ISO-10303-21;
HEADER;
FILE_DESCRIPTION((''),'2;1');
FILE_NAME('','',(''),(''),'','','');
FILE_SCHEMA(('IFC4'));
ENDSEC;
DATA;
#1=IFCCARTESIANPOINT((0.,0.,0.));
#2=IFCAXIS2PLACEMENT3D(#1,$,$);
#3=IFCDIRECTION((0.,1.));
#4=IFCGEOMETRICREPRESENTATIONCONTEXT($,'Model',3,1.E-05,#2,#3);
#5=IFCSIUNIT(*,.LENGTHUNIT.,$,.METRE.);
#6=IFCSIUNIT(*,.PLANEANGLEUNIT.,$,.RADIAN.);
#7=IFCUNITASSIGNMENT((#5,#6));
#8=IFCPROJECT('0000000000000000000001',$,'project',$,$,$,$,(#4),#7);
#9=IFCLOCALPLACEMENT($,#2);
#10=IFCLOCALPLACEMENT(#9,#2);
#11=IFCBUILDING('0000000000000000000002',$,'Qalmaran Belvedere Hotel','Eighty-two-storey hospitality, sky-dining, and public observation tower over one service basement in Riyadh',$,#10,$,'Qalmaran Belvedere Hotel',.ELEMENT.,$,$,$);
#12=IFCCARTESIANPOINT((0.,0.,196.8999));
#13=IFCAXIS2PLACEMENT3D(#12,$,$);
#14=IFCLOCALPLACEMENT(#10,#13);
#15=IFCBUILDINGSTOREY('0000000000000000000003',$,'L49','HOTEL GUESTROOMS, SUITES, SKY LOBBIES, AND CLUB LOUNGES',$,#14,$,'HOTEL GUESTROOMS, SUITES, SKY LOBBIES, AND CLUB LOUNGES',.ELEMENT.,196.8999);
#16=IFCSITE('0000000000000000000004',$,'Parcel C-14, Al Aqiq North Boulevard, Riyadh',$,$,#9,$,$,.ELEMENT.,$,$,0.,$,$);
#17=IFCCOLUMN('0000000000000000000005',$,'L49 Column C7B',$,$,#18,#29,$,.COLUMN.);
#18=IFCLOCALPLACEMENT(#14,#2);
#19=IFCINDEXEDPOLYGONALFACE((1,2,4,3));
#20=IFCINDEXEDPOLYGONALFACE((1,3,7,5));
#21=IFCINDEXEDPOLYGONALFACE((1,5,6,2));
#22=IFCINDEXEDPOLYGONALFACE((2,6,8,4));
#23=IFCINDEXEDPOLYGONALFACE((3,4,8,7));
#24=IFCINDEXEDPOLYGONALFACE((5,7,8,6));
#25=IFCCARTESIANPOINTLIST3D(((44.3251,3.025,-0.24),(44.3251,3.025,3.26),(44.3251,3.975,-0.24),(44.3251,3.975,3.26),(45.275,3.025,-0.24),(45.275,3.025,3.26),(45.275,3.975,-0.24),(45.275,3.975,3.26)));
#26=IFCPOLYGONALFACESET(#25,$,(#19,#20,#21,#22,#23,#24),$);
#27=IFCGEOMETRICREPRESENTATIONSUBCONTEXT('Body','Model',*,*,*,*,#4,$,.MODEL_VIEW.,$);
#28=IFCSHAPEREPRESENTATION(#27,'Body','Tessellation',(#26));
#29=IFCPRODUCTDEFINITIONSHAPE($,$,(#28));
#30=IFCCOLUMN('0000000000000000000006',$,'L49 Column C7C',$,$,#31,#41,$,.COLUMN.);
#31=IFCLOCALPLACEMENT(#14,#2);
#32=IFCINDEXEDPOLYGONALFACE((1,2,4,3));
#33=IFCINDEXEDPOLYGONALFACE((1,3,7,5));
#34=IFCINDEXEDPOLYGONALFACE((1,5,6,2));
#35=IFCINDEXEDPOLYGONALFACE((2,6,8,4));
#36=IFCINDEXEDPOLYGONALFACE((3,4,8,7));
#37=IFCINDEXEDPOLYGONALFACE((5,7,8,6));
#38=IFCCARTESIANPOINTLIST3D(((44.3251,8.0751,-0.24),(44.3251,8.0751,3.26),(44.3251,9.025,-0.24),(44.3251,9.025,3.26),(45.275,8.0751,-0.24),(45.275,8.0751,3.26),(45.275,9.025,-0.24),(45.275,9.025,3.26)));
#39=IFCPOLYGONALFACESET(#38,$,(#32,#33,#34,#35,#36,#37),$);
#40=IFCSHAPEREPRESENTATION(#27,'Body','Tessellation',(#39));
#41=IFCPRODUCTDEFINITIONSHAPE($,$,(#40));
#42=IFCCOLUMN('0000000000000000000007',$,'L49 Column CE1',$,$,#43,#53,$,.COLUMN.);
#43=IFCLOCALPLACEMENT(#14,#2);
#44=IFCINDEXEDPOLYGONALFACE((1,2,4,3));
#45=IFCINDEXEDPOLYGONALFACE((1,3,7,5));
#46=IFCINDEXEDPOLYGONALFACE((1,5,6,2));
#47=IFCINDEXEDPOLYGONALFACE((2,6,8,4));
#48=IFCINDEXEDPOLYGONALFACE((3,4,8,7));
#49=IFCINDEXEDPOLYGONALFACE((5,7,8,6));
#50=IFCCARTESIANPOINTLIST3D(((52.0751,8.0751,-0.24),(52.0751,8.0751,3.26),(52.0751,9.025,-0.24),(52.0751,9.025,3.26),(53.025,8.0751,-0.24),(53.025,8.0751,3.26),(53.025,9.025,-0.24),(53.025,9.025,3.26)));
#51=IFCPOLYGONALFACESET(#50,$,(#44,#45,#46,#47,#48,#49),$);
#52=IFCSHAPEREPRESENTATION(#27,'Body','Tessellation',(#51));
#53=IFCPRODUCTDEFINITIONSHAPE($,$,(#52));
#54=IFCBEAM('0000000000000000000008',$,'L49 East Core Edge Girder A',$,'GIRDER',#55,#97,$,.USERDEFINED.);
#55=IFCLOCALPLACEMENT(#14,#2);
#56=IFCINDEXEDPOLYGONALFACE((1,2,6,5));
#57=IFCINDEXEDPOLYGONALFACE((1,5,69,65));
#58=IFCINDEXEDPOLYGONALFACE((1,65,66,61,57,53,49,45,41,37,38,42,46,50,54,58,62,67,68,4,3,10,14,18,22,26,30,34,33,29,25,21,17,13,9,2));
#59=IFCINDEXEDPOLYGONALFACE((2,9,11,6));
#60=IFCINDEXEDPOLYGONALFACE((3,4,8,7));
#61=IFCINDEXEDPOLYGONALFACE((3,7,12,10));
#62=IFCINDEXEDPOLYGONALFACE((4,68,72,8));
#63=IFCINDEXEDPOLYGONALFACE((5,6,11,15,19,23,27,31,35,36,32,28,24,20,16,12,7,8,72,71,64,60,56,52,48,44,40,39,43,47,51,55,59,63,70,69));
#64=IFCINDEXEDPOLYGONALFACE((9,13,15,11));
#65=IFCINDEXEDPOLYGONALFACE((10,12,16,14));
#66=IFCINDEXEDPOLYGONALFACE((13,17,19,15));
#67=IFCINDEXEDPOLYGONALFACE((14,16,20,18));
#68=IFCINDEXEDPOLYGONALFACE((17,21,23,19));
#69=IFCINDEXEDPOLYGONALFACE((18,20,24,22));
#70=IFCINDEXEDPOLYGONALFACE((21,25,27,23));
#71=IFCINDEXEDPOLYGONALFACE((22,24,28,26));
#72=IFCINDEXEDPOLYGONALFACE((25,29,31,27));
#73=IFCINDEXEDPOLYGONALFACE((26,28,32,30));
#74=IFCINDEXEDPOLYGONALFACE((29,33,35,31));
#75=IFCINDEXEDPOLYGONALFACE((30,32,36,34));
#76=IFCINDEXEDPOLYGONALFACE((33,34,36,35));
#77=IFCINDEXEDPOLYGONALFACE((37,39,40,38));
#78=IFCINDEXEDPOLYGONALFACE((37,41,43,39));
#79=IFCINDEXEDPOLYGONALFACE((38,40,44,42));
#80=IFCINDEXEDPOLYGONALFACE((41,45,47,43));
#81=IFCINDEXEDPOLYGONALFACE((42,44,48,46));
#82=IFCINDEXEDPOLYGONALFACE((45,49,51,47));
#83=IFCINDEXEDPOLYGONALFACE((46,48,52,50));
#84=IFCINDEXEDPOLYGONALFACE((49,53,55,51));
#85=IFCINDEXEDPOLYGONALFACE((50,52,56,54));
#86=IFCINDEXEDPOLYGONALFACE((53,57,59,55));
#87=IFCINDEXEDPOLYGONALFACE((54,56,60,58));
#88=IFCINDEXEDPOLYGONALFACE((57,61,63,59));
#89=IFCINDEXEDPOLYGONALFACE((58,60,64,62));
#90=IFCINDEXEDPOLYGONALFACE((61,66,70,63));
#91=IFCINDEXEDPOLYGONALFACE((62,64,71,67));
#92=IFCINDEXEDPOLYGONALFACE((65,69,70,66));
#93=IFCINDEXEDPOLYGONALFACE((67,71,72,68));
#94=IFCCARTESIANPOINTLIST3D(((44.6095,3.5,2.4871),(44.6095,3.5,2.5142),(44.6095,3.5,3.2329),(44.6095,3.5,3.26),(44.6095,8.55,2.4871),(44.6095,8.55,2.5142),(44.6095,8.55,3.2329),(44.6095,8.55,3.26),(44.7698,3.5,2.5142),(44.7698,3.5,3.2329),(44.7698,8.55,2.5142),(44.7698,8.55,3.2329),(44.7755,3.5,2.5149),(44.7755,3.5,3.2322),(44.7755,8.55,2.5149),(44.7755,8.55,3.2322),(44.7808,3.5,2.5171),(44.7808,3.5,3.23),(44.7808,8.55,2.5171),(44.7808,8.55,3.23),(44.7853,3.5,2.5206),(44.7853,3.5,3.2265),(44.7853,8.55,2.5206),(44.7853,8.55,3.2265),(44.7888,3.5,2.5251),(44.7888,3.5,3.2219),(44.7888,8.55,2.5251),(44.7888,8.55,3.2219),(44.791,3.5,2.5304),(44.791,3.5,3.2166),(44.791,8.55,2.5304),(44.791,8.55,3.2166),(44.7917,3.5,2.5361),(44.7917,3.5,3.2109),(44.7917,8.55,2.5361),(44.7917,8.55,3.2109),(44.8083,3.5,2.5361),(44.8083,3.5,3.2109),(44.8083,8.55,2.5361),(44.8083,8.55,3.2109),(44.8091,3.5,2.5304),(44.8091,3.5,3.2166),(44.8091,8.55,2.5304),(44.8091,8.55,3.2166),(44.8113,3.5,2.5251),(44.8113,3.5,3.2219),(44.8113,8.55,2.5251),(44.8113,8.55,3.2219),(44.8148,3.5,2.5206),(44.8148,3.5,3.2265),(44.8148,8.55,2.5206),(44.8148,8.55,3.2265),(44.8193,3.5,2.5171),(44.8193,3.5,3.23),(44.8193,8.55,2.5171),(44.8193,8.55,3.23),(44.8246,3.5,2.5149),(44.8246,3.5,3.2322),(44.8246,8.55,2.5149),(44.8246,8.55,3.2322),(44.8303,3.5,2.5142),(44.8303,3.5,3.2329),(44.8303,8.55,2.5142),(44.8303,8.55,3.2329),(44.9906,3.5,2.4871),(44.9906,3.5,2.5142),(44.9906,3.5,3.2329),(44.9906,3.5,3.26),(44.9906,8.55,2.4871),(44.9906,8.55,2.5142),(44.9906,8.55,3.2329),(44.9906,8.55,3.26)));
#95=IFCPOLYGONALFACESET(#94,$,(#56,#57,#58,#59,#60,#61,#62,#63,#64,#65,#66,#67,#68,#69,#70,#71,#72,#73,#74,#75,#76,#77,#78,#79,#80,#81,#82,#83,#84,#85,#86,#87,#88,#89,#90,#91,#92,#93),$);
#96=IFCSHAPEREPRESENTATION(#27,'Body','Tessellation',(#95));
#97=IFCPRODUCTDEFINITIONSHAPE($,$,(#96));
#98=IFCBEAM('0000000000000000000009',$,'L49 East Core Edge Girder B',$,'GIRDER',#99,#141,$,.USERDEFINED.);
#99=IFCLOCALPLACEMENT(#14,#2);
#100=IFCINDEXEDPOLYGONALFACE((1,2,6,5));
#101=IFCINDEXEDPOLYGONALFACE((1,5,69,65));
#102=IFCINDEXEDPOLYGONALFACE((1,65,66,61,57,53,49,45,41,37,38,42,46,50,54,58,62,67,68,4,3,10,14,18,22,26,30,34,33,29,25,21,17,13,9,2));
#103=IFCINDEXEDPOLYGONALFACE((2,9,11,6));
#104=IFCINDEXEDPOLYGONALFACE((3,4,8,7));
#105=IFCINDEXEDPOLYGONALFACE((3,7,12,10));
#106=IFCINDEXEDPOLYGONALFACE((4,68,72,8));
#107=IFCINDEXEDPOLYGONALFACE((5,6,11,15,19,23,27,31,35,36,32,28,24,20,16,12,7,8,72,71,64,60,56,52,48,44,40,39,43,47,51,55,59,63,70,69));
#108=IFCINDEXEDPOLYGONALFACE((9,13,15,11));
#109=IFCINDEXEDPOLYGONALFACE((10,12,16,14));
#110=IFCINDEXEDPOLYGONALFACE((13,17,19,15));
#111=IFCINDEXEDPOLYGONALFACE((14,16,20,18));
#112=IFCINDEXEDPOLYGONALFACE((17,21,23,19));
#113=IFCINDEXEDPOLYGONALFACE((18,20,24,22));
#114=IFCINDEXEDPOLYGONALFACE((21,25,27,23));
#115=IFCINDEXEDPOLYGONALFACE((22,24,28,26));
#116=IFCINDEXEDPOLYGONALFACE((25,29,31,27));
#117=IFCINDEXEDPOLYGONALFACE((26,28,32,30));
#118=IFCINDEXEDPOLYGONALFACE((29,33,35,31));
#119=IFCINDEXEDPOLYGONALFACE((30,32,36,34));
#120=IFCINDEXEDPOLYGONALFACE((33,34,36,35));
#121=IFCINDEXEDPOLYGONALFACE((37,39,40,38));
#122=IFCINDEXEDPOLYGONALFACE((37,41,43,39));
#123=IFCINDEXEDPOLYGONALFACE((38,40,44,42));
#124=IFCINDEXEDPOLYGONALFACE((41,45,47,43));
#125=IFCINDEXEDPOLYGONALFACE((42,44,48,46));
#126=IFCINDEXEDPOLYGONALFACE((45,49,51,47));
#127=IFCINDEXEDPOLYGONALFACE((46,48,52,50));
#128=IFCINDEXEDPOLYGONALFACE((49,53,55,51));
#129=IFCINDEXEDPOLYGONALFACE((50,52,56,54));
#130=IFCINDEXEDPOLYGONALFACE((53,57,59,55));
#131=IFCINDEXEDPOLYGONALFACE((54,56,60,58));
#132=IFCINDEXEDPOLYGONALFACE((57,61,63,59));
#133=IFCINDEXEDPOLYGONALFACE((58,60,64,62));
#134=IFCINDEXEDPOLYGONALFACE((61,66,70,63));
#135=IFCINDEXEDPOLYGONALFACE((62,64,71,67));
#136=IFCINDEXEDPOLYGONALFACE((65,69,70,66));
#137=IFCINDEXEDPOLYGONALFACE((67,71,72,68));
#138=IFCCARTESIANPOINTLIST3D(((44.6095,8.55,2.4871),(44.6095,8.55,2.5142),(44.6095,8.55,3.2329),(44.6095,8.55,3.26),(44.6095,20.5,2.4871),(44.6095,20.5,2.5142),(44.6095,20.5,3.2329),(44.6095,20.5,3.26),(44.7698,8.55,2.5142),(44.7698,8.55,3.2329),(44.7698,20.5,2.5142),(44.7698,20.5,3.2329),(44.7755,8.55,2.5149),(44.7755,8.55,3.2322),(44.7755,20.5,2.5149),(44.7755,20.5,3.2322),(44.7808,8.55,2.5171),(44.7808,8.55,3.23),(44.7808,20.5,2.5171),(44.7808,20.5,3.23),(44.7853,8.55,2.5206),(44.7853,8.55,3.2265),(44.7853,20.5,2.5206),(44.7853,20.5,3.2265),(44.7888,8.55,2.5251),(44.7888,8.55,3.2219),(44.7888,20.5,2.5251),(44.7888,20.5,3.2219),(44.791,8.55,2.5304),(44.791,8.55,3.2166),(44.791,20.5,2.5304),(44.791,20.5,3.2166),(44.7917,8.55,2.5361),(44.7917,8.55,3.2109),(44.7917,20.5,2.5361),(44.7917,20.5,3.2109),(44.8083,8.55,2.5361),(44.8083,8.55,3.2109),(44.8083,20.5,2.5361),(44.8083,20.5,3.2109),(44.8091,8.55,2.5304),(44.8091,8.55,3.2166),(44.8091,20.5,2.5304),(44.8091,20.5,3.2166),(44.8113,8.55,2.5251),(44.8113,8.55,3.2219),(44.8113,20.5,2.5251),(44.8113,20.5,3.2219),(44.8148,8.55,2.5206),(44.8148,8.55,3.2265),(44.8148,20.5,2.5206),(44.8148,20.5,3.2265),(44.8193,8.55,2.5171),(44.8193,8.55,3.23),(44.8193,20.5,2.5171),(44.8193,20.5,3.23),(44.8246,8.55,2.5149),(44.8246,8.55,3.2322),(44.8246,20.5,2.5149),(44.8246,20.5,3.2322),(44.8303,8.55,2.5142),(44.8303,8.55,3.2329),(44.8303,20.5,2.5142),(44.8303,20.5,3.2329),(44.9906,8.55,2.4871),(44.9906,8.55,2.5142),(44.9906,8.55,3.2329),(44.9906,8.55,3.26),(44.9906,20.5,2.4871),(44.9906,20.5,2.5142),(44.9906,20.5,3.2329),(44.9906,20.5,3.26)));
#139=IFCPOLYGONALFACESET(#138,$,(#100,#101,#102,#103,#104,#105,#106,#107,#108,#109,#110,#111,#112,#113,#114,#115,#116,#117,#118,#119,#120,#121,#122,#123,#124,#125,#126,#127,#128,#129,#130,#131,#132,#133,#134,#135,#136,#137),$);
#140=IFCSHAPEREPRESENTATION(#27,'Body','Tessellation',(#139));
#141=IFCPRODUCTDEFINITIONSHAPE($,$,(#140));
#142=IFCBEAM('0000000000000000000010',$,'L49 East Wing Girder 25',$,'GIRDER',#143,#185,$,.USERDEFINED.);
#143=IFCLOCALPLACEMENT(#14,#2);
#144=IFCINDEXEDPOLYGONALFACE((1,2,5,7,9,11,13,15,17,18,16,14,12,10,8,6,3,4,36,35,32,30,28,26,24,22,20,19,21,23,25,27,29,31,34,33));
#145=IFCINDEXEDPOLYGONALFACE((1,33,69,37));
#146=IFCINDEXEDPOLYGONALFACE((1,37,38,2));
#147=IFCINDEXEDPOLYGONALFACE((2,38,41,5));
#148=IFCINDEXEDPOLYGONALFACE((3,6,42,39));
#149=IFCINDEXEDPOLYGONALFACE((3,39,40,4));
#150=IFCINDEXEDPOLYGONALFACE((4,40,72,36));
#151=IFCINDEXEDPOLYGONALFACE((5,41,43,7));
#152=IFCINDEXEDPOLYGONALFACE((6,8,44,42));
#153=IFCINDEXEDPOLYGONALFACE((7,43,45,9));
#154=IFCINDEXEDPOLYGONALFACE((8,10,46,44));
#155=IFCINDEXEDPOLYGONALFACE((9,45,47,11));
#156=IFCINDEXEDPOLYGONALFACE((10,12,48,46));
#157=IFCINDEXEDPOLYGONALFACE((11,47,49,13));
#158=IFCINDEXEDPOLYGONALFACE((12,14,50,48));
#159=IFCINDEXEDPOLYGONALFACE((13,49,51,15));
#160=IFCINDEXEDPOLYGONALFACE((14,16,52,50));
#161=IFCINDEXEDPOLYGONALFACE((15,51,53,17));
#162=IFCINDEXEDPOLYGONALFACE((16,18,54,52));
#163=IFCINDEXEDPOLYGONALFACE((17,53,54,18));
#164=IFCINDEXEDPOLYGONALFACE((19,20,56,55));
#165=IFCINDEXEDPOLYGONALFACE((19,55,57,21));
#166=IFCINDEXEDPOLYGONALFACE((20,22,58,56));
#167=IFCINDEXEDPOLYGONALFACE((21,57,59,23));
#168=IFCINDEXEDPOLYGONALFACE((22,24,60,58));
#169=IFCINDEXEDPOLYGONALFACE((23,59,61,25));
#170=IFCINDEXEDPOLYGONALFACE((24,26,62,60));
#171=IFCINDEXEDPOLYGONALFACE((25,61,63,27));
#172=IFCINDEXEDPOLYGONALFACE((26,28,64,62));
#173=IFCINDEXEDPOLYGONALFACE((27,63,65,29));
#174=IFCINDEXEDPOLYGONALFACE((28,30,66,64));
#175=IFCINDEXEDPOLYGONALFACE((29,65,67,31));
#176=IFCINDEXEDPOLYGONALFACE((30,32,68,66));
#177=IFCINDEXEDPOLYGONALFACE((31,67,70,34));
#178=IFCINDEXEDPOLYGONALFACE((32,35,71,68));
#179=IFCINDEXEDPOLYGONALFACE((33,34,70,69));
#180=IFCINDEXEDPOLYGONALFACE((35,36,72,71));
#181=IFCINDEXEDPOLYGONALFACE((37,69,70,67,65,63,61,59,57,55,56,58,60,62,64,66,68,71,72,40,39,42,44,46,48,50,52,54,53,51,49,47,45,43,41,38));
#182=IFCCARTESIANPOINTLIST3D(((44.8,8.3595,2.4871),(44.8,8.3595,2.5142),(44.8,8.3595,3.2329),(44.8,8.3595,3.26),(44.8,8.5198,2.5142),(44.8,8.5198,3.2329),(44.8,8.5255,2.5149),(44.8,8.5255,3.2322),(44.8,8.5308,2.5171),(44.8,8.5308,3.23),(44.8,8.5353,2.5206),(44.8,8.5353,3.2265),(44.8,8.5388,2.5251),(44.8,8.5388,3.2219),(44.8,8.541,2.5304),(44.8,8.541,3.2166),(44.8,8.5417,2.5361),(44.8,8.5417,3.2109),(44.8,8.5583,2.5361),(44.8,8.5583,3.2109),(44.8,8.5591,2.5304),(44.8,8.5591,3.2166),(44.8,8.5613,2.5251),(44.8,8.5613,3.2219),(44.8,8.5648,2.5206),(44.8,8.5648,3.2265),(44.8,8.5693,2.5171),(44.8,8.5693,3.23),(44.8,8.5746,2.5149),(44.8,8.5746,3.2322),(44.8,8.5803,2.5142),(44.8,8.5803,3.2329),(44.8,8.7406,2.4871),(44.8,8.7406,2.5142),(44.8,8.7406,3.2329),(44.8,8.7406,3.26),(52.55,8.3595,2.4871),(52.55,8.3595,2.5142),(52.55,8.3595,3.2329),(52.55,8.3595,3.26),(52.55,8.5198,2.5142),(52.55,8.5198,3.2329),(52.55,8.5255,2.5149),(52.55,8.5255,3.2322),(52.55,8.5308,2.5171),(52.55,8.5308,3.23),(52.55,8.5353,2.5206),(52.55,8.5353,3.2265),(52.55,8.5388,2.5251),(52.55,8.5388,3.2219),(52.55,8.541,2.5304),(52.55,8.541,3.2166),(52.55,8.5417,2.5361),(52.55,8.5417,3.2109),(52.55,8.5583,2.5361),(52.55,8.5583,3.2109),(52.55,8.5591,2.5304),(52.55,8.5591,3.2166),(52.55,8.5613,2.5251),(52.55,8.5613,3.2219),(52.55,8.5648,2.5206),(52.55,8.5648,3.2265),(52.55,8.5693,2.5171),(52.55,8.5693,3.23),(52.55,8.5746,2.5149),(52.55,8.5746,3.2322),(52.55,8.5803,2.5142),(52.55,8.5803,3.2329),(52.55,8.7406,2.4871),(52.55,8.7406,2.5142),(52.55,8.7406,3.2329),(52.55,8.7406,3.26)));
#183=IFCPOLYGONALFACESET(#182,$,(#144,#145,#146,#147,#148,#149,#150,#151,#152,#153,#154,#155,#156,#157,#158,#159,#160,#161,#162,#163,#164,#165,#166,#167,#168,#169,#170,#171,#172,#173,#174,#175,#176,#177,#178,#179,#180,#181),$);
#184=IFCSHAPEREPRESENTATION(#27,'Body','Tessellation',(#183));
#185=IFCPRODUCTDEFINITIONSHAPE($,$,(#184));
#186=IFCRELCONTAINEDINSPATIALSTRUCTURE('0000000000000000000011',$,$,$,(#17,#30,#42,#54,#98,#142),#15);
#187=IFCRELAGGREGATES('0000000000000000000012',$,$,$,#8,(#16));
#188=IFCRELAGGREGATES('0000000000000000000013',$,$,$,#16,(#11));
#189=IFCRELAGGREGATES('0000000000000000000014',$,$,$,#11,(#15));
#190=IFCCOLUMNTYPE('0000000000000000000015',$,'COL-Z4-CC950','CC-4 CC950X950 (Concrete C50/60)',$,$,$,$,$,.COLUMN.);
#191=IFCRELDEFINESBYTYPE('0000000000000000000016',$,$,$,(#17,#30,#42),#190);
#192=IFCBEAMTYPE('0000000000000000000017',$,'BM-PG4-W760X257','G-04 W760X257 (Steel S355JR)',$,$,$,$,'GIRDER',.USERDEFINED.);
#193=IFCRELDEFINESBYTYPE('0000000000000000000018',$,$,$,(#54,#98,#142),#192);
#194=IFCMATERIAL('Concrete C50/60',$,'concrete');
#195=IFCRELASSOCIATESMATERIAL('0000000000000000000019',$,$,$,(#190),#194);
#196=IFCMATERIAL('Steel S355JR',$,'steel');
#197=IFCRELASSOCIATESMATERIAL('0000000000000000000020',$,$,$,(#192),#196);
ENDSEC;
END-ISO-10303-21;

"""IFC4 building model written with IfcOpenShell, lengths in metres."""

from ifc_helpers import new_model, si_unit, direction, frame, origin, origin_2d, place, context, subcontext, project, spatial, rectangle, i_section, extrude, material, material_profile, profile_set, type_object, element, save


model = new_model("IFC4")

# Units and contexts
model_context = context("Model", 3, precision=1e-05, world=origin(), true_north=direction((0.0, 1.0)))
body_context = subcontext(model_context, "Body", "Model", "MODEL_VIEW")
ifc_project = project(units=[si_unit("LENGTHUNIT", "METRE"), si_unit("PLANEANGLEUNIT", "RADIAN")], contexts=[model_context])

# Site, building, storey
site_placement = place(None, origin())
site = spatial("IfcSite", under=ifc_project, at=site_placement, Name="Parcel C-14, Al Aqiq North Boulevard, Riyadh", CompositionType="ELEMENT", RefElevation=0.0)
building_placement = place(site_placement, origin())
building = spatial("IfcBuilding", under=site, at=building_placement, Name="Qalmaran Belvedere Hotel", Description="Eighty-two-storey hospitality, sky-dining, and public observation tower over one service basement in Riyadh", LongName="Qalmaran Belvedere Hotel", CompositionType="ELEMENT")
storey_placement = place(building_placement, frame((0.0, 0.0, 196.8999)))
storey = spatial("IfcBuildingStorey", under=building, at=storey_placement, Name="L49", Description="HOTEL GUESTROOMS, SUITES, SKY LOBBIES, AND CLUB LOUNGES", LongName="HOTEL GUESTROOMS, SUITES, SKY LOBBIES, AND CLUB LOUNGES", CompositionType="ELEMENT", Elevation=196.8999)

# Columns
ifc_material_1 = material(Name="Concrete C50/60", Category="concrete")
ifc_material_profile_1 = material_profile(ifc_material_1, rectangle(XDim=0.95, YDim=0.95, at=origin_2d()), Name="CC950X950")
ifc_profile_set_1 = profile_set([ifc_material_profile_1], Name="Concrete C50/60")
column_type = type_object("IfcColumnType", Name="COL-Z4-CC950", Description="CC-4 CC950X950 (Concrete C50/60)", PredefinedType="COLUMN", material=ifc_profile_set_1)
for number, where, z_axis, x_axis, name in (
    (1, (44.8, 3.5, -0.24), (0.0, 0.0, 1.0), (1.0, 0.0, 0.0), "L49 Column C7B"),
    (2, (44.8, 8.55, -0.24), (0.0, 0.0, 1.0), (1.0, 0.0, 0.0), "L49 Column C7C"),
    (3, (52.55, 8.55, -0.24), (0.0, 0.0, 1.0), (1.0, 0.0, 0.0), "L49 Column CE1"),
):
    element("IfcColumn", number, at=place(storey_placement, frame(where, z_axis=z_axis, x_axis=x_axis)), inside=storey, type_object=column_type, Name=name, PredefinedType="COLUMN", context=body_context, shape_type="SweptSolid", body=[
        extrude(rectangle(XDim=0.95, YDim=0.95, at=origin_2d()), origin(), (0.0, 0.0, 1.0), 3.5),
    ])

# Beams
ifc_material_2 = material(Name="Steel S355JR", Category="steel")
ifc_material_profile_2 = material_profile(ifc_material_2, i_section(OverallWidth=0.3811, OverallDepth=0.7729, WebThickness=0.0166, FlangeThickness=0.0271, FilletRadius=0.022, at=origin_2d()), Name="W760X257")
ifc_profile_set_2 = profile_set([ifc_material_profile_2], Name="Steel S355JR")
beam_type_1 = type_object("IfcBeamType", Name="BM-PG4-W760X257", Description="G-04 W760X257 (Steel S355JR)", ElementType="GIRDER", PredefinedType="USERDEFINED", material=ifc_profile_set_2)
beam_1_placement = place(storey_placement, frame((44.8, 3.5, 2.8735), z_axis=(0.0, 1.0, 0.0), x_axis=(-1.0, 0.0, 0.0)))
element("IfcBeam", 4, at=beam_1_placement, inside=storey, type_object=beam_type_1, Name="L49 East Core Edge Girder A", ObjectType="GIRDER", PredefinedType="USERDEFINED", context=body_context, shape_type="SweptSolid", body=[
    extrude(i_section(OverallWidth=0.3811, OverallDepth=0.7729, WebThickness=0.0166, FlangeThickness=0.0271, FilletRadius=0.022, at=origin_2d()), origin(), (0.0, 0.0, 1.0), 5.05),
])
beam_2_placement = place(storey_placement, frame((44.8, 8.55, 2.8735), z_axis=(0.0, 1.0, 0.0), x_axis=(-1.0, 0.0, 0.0)))
element("IfcBeam", 5, at=beam_2_placement, inside=storey, type_object=beam_type_1, Name="L49 East Core Edge Girder B", ObjectType="GIRDER", PredefinedType="USERDEFINED", context=body_context, shape_type="SweptSolid", body=[
    extrude(i_section(OverallWidth=0.3811, OverallDepth=0.7729, WebThickness=0.0166, FlangeThickness=0.0271, FilletRadius=0.022, at=origin_2d()), origin(), (0.0, 0.0, 1.0), 11.95),
])
beam_3_placement = place(storey_placement, frame((44.8, 8.55, 2.8735), z_axis=(1.0, 0.0, 0.0), x_axis=(0.0, 1.0, 0.0)))
element("IfcBeam", 6, at=beam_3_placement, inside=storey, type_object=beam_type_1, Name="L49 East Wing Girder 25", ObjectType="GIRDER", PredefinedType="USERDEFINED", context=body_context, shape_type="SweptSolid", body=[
    extrude(i_section(OverallWidth=0.3811, OverallDepth=0.7729, WebThickness=0.0166, FlangeThickness=0.0271, FilletRadius=0.022, at=origin_2d()), origin(), (0.0, 0.0, 1.0), 7.75),
])

save(model, "model.ifc")
